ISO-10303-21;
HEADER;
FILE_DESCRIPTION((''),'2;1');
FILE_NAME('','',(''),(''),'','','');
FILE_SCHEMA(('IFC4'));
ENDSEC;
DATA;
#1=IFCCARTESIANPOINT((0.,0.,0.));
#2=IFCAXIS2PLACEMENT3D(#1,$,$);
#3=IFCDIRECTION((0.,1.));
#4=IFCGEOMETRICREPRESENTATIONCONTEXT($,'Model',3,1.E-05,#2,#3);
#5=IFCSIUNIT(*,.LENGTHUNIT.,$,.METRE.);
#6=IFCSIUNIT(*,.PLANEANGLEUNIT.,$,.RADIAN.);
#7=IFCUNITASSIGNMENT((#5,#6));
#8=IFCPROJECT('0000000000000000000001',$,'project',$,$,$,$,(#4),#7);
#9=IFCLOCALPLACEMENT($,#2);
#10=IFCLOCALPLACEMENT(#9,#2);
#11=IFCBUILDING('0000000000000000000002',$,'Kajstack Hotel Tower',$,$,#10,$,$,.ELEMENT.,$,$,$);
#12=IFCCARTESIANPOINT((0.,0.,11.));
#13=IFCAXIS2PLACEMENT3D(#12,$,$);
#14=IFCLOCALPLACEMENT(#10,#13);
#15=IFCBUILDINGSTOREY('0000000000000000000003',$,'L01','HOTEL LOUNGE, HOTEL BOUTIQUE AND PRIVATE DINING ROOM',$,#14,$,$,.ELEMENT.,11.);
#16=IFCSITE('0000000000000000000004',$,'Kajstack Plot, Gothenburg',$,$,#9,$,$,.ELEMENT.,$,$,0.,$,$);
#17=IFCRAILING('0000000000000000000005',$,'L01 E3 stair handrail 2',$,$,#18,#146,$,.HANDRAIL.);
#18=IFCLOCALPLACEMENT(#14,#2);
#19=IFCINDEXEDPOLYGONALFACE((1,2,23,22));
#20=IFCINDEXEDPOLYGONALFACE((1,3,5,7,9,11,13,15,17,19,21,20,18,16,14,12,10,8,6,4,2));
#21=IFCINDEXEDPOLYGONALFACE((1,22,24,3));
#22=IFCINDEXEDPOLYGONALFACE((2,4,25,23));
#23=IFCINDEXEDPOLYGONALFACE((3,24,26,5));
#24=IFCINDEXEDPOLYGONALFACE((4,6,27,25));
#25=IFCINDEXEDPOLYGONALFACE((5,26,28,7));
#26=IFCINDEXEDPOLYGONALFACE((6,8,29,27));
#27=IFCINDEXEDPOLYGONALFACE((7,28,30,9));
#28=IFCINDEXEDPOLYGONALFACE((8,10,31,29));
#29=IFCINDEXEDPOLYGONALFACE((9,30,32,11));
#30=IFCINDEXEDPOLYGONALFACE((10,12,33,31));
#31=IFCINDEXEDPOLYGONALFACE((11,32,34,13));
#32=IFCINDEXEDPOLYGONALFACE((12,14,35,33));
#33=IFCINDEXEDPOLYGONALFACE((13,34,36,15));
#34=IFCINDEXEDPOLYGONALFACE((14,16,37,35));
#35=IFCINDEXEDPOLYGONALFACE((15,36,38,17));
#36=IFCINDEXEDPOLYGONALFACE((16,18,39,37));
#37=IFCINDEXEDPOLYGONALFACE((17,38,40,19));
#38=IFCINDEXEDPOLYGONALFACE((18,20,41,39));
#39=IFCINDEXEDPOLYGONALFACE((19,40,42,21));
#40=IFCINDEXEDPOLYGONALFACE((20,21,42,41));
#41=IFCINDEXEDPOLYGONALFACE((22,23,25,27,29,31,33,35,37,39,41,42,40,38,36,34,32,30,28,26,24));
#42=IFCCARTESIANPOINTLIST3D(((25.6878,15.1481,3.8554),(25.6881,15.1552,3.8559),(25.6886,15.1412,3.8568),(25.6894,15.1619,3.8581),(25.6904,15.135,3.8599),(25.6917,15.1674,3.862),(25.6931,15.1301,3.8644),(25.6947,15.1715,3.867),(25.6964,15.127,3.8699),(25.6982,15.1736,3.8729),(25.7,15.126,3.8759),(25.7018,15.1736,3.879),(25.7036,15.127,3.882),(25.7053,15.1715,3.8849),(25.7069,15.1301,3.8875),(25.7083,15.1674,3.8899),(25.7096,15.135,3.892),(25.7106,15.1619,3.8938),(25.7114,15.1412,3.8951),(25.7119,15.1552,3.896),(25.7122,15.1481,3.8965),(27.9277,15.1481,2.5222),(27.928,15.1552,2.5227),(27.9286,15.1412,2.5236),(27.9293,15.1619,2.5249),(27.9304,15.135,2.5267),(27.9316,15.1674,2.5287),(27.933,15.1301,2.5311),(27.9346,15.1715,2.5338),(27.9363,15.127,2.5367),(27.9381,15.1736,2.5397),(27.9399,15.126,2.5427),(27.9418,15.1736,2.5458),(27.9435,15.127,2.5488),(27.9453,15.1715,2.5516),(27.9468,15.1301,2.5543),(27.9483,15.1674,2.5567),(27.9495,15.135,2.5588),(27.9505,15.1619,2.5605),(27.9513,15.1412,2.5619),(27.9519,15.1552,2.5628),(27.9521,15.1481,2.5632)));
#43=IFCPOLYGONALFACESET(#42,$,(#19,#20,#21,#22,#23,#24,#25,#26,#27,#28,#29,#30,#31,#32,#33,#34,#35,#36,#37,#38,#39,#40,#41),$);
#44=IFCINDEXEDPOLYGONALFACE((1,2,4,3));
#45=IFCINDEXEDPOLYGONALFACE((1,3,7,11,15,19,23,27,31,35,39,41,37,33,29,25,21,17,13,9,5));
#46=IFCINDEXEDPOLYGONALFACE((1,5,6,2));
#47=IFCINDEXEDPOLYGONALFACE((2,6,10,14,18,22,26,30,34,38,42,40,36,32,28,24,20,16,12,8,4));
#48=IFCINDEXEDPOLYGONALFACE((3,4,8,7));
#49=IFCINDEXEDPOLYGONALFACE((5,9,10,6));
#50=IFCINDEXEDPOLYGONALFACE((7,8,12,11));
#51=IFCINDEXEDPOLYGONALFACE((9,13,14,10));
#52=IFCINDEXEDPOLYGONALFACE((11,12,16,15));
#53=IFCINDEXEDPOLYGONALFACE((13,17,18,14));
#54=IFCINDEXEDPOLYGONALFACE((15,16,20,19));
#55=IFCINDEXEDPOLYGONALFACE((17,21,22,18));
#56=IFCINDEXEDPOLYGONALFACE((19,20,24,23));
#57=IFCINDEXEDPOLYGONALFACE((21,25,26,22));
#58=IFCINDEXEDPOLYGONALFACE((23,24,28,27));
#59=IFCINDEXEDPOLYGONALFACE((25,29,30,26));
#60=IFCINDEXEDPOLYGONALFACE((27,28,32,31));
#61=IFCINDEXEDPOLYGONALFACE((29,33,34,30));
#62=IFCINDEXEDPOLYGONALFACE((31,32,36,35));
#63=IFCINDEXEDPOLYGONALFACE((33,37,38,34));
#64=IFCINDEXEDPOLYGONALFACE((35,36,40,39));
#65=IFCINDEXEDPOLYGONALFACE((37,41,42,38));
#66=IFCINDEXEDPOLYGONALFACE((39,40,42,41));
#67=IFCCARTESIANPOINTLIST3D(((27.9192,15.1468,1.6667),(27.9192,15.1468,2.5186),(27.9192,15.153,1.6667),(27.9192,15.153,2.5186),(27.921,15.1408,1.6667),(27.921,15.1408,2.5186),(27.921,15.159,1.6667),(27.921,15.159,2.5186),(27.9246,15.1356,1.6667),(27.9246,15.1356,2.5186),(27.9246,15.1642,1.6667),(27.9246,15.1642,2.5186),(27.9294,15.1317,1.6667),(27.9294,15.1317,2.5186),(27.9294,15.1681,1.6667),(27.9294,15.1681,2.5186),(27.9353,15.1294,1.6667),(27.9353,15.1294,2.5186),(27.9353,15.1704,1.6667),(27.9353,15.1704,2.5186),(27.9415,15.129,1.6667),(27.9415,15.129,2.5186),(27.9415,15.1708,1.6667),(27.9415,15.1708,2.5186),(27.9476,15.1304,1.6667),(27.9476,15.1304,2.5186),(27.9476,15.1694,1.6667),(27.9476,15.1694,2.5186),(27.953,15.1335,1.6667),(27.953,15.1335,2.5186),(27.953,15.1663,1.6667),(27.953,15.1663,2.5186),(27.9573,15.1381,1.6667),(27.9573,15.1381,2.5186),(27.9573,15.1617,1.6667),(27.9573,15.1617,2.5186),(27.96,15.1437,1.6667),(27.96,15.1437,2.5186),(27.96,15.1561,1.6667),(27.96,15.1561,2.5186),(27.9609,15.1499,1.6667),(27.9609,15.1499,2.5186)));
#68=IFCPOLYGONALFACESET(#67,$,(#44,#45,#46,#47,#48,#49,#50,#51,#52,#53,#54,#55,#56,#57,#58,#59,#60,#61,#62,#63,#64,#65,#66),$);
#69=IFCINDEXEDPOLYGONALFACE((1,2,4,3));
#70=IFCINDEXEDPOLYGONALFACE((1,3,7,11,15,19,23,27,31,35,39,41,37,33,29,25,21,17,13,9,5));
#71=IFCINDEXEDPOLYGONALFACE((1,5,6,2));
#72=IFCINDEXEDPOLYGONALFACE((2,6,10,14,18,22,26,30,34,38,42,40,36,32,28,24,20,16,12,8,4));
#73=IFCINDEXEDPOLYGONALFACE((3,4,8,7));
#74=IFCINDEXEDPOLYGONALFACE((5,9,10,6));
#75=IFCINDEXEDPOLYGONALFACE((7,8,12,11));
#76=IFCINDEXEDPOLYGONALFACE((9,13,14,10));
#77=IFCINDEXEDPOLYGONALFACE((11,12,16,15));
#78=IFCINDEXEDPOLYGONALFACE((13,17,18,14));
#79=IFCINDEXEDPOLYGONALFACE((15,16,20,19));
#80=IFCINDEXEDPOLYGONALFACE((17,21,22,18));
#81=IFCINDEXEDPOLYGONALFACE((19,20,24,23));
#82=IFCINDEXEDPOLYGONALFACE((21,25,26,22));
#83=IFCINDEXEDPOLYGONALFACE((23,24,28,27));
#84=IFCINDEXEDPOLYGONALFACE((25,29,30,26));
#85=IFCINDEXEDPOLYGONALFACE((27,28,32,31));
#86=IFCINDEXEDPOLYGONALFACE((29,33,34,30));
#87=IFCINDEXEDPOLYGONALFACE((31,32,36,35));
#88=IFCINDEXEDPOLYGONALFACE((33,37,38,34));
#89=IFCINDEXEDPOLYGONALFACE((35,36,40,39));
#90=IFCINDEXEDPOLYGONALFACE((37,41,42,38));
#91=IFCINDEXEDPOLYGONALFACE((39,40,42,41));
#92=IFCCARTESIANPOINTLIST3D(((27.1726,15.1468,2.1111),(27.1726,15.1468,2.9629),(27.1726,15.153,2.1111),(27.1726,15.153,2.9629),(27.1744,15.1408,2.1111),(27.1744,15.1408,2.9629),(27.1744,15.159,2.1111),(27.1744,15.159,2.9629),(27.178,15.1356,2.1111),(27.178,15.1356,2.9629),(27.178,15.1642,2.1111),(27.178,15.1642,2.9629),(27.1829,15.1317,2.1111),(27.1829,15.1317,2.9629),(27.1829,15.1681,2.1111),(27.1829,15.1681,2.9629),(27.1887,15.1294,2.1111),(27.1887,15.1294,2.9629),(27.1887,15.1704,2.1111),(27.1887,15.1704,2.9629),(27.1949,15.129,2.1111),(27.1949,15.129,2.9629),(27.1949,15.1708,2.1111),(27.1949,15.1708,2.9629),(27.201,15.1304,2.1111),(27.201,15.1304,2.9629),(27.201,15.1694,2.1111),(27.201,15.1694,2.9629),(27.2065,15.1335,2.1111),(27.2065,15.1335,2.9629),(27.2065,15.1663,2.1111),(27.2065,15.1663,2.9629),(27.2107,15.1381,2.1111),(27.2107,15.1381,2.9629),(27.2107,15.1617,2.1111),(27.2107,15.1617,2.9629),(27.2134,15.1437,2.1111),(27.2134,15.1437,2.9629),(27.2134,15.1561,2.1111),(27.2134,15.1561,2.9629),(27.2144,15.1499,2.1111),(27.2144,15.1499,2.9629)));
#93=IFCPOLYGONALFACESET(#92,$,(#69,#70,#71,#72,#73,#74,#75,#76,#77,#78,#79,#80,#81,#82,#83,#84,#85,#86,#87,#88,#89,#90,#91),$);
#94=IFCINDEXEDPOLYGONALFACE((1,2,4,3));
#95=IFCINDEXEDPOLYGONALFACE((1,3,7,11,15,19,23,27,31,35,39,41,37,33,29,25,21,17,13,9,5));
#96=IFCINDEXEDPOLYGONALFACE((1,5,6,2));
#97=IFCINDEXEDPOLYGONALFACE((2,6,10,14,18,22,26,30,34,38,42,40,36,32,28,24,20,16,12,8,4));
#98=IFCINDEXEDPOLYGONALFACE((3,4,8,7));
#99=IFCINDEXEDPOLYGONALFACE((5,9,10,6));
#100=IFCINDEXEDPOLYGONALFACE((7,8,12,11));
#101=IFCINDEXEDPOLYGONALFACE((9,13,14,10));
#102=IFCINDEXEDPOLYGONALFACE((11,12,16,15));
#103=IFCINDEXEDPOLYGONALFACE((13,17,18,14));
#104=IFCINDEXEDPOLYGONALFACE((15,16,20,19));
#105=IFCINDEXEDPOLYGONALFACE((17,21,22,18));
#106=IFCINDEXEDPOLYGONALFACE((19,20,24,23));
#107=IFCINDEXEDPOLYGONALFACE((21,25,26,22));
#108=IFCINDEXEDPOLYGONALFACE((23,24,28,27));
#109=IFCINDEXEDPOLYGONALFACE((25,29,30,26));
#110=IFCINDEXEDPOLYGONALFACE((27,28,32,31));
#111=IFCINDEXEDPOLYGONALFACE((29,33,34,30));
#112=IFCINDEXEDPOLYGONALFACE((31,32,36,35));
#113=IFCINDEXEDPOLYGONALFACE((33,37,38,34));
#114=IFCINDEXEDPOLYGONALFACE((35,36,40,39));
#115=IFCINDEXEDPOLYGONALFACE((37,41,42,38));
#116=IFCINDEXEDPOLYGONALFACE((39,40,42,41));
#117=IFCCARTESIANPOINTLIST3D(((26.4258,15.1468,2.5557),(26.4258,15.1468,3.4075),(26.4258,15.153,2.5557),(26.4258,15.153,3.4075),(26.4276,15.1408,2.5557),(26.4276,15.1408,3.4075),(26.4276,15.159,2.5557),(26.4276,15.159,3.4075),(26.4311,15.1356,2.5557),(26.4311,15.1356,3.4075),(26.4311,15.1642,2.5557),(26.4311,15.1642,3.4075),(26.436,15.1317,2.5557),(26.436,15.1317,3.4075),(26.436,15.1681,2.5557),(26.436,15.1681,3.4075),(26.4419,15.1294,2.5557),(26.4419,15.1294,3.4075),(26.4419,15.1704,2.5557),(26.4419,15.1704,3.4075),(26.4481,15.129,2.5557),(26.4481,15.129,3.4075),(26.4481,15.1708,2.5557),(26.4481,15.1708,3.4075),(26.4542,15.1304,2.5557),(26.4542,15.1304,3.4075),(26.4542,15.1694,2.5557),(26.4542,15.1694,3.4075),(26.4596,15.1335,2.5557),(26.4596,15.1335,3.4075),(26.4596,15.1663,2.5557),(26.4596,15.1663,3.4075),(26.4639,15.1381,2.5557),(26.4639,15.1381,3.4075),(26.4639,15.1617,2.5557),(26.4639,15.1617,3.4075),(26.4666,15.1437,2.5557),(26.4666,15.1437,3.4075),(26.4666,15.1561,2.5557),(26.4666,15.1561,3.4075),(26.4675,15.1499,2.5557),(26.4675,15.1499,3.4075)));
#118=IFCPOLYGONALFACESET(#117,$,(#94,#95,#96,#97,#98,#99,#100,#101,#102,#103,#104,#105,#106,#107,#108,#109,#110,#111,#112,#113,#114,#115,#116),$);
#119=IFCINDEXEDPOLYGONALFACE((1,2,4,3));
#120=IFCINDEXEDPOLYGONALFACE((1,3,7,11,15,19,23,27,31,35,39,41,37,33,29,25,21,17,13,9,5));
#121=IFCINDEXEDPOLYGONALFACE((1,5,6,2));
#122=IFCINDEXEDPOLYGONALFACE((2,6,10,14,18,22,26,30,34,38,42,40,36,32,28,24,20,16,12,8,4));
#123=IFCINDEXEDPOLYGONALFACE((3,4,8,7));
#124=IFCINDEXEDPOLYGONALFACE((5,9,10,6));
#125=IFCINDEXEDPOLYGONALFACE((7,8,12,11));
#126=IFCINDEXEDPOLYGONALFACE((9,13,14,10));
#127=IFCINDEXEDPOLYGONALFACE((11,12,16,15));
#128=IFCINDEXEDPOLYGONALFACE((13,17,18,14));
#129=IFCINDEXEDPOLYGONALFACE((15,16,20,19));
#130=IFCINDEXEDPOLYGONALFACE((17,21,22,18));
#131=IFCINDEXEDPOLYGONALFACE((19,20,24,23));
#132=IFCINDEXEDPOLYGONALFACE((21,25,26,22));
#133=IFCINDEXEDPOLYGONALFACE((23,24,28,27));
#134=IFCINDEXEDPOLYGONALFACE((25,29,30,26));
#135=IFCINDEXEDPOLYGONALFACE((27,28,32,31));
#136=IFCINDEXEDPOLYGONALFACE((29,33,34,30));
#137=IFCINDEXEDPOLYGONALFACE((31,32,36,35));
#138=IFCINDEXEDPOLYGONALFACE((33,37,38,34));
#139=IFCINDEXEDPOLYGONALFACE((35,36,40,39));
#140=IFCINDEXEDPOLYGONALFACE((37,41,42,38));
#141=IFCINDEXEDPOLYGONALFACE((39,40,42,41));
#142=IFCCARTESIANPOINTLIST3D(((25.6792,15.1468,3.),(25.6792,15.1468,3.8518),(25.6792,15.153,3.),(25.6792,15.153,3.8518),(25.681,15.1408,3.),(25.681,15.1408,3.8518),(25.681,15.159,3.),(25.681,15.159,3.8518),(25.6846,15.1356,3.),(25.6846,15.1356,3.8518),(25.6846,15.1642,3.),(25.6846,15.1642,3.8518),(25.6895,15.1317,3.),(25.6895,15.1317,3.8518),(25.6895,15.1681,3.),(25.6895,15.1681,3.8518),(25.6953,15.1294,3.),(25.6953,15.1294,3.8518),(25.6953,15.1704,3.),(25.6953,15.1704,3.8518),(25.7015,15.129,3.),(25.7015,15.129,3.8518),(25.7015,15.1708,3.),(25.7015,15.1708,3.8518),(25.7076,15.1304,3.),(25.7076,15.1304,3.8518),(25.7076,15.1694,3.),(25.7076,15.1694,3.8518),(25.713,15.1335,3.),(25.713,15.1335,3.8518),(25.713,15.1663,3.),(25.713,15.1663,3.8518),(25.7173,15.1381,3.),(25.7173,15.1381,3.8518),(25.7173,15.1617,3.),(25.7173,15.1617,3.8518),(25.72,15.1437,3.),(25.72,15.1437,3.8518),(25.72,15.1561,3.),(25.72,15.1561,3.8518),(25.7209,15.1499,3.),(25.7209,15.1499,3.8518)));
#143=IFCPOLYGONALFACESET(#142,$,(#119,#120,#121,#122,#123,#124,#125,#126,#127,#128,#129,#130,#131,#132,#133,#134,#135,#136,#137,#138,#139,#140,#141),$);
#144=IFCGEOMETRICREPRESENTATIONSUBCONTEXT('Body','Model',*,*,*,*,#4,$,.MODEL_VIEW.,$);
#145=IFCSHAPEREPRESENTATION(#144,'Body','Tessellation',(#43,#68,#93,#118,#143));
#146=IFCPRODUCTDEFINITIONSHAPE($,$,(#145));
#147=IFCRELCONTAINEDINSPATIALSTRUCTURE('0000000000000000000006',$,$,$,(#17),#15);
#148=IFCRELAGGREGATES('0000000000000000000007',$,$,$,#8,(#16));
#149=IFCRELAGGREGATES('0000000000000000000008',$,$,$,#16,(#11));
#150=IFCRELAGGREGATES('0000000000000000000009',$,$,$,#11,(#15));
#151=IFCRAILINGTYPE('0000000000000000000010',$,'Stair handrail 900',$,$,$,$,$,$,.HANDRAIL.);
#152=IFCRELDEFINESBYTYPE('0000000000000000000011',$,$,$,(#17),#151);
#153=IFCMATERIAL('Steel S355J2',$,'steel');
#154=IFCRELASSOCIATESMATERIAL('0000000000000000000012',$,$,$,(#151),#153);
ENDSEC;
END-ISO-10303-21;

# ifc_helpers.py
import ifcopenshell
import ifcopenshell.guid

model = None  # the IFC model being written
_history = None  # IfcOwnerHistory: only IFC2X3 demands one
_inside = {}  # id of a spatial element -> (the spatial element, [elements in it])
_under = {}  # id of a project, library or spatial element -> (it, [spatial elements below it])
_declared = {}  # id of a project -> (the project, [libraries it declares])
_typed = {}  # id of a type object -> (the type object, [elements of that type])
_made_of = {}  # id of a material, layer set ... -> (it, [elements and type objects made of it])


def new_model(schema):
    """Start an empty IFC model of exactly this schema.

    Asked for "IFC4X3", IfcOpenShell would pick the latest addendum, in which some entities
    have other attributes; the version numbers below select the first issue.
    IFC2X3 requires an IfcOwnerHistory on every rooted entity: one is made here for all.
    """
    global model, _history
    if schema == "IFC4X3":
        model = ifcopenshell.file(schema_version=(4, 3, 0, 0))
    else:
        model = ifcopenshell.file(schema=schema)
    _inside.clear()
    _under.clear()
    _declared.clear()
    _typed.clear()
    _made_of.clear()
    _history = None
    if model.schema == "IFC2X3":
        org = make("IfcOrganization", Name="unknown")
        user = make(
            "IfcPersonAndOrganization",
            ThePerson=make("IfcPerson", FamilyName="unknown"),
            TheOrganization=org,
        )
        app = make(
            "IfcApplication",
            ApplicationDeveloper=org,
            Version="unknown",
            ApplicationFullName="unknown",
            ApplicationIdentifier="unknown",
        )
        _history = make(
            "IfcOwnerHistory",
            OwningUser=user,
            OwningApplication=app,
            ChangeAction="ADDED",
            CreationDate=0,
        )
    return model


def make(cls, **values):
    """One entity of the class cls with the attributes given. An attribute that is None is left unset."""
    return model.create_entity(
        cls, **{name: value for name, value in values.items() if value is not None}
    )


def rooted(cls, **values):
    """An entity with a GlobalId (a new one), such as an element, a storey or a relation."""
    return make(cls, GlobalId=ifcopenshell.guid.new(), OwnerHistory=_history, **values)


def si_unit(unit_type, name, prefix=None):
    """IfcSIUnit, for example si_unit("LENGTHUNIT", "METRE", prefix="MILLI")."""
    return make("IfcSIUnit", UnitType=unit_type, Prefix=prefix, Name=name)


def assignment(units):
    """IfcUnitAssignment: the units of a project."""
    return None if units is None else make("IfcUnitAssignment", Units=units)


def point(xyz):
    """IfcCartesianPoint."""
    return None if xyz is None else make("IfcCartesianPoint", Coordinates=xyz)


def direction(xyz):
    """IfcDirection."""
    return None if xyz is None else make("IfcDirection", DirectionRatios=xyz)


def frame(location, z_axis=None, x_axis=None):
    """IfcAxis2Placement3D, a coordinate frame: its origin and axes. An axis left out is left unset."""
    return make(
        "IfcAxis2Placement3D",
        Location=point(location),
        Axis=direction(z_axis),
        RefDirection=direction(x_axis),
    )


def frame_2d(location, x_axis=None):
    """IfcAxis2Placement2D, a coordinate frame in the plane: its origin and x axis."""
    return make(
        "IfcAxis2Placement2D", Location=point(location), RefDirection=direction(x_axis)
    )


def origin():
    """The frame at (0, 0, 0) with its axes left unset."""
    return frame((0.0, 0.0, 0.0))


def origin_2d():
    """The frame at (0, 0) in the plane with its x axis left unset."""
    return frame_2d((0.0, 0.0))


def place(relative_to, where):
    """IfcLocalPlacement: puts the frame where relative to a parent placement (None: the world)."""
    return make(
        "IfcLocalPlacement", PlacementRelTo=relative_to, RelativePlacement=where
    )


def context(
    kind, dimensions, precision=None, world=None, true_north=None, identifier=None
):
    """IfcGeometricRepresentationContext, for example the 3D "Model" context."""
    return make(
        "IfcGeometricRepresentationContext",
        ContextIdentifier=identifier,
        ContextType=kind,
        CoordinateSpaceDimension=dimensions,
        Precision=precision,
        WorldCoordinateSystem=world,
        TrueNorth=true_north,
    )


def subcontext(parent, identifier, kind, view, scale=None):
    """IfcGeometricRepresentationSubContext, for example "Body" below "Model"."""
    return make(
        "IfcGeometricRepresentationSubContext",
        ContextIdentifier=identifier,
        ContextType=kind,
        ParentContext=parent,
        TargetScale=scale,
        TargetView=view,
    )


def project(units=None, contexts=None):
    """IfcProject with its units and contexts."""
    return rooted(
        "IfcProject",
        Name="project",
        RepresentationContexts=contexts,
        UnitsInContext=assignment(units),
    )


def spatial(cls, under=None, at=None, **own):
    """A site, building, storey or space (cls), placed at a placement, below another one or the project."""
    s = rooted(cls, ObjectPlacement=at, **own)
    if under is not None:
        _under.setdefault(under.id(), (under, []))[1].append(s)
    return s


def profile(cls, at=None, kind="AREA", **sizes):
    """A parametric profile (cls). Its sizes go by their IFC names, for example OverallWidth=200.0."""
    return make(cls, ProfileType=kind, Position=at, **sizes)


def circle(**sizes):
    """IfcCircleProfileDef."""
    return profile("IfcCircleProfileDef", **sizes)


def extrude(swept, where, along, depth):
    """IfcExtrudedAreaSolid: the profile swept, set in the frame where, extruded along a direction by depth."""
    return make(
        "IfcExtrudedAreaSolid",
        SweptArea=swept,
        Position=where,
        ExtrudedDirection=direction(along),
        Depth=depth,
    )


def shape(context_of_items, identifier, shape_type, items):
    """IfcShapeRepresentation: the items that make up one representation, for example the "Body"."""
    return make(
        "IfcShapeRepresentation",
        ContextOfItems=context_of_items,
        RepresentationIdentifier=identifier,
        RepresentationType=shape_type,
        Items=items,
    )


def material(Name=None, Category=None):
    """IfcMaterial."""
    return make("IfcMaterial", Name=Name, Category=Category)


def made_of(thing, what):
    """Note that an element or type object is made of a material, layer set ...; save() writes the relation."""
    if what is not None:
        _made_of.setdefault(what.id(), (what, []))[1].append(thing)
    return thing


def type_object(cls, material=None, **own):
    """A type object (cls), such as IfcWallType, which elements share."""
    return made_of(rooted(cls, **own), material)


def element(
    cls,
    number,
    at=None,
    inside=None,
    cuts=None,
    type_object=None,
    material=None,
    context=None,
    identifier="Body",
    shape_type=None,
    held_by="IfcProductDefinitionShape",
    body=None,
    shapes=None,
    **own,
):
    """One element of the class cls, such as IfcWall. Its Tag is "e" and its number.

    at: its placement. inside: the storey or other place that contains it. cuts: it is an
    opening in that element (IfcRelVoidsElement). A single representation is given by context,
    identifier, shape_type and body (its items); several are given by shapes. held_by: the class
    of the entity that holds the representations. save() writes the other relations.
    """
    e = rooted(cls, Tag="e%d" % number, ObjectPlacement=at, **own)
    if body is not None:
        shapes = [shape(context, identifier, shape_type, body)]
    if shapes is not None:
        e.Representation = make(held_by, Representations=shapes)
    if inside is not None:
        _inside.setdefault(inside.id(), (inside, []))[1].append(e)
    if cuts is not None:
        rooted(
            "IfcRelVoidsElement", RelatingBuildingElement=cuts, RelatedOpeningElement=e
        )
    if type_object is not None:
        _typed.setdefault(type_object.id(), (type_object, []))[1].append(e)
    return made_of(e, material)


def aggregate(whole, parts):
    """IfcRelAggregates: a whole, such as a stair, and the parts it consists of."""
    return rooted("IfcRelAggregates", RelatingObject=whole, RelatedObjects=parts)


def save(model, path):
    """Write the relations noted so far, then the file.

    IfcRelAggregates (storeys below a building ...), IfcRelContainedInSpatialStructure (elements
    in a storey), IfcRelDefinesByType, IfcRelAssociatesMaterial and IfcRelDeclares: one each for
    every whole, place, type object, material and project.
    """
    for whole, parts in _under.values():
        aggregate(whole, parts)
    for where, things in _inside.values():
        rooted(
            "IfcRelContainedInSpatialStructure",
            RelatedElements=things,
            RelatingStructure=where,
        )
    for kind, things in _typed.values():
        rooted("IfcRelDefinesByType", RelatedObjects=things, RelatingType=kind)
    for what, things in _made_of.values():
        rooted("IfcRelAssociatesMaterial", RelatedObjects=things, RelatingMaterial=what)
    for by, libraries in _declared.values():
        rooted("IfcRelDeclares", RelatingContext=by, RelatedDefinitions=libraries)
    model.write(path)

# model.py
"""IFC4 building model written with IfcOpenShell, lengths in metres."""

from ifc_helpers import new_model, si_unit, direction, frame, origin, origin_2d, place, context, subcontext, project, spatial, circle, extrude, material, type_object, element, save


model = new_model("IFC4")

# Units and contexts
model_context = context("Model", 3, precision=1e-05, world=origin(), true_north=direction((0.0, 1.0)))
body_context = subcontext(model_context, "Body", "Model", "MODEL_VIEW")
ifc_project = project(units=[si_unit("LENGTHUNIT", "METRE"), si_unit("PLANEANGLEUNIT", "RADIAN")], contexts=[model_context])

# Site, building, storey
site_placement = place(None, origin())
site = spatial("IfcSite", under=ifc_project, at=site_placement, Name="Kajstack Plot, Gothenburg", CompositionType="ELEMENT", RefElevation=0.0)
building_placement = place(site_placement, origin())
building = spatial("IfcBuilding", under=site, at=building_placement, Name="Kajstack Hotel Tower", CompositionType="ELEMENT")
storey_placement = place(building_placement, frame((0.0, 0.0, 11.0)))
storey = spatial("IfcBuildingStorey", under=building, at=storey_placement, Name="L01", Description="HOTEL LOUNGE, HOTEL BOUTIQUE AND PRIVATE DINING ROOM", CompositionType="ELEMENT", Elevation=11.0)

# Railing
ifc_material_1 = material(Name="Steel S355J2", Category="steel")
railing_type_1 = type_object("IfcRailingType", Name="Stair handrail 900", PredefinedType="HANDRAIL", material=ifc_material_1)
railing_1_placement = place(storey_placement, frame((27.9399, 15.1499, 1.6667)))
element("IfcRailing", 1, at=railing_1_placement, inside=storey, type_object=railing_type_1, Name="L01 E3 stair handrail 2", PredefinedType="HANDRAIL", context=body_context, shape_type="SweptSolid", body=[
    extrude(circle(Radius=0.0239, at=origin_2d()), frame((0.0, 0.0, 0.876), z_axis=(-0.859306, 0.0, 0.511462), x_axis=(0.0, -1.0, 0.0)), (0.0, 0.0, 1.0), 2.6067),
    extrude(circle(Radius=0.021, at=origin_2d()), origin(), (0.0, 0.0, 1.0), 0.8518),
    extrude(circle(Radius=0.021, at=origin_2d()), frame((-0.7466, 0.0, 0.4443)), (0.0, 0.0, 1.0), 0.8518),
    extrude(circle(Radius=0.021, at=origin_2d()), frame((-1.4934, 0.0, 0.8889)), (0.0, 0.0, 1.0), 0.8518),
    extrude(circle(Radius=0.021, at=origin_2d()), frame((-2.24, 0.0, 1.3333)), (0.0, 0.0, 1.0), 0.8518),
])

save(model, "model.ifc")
